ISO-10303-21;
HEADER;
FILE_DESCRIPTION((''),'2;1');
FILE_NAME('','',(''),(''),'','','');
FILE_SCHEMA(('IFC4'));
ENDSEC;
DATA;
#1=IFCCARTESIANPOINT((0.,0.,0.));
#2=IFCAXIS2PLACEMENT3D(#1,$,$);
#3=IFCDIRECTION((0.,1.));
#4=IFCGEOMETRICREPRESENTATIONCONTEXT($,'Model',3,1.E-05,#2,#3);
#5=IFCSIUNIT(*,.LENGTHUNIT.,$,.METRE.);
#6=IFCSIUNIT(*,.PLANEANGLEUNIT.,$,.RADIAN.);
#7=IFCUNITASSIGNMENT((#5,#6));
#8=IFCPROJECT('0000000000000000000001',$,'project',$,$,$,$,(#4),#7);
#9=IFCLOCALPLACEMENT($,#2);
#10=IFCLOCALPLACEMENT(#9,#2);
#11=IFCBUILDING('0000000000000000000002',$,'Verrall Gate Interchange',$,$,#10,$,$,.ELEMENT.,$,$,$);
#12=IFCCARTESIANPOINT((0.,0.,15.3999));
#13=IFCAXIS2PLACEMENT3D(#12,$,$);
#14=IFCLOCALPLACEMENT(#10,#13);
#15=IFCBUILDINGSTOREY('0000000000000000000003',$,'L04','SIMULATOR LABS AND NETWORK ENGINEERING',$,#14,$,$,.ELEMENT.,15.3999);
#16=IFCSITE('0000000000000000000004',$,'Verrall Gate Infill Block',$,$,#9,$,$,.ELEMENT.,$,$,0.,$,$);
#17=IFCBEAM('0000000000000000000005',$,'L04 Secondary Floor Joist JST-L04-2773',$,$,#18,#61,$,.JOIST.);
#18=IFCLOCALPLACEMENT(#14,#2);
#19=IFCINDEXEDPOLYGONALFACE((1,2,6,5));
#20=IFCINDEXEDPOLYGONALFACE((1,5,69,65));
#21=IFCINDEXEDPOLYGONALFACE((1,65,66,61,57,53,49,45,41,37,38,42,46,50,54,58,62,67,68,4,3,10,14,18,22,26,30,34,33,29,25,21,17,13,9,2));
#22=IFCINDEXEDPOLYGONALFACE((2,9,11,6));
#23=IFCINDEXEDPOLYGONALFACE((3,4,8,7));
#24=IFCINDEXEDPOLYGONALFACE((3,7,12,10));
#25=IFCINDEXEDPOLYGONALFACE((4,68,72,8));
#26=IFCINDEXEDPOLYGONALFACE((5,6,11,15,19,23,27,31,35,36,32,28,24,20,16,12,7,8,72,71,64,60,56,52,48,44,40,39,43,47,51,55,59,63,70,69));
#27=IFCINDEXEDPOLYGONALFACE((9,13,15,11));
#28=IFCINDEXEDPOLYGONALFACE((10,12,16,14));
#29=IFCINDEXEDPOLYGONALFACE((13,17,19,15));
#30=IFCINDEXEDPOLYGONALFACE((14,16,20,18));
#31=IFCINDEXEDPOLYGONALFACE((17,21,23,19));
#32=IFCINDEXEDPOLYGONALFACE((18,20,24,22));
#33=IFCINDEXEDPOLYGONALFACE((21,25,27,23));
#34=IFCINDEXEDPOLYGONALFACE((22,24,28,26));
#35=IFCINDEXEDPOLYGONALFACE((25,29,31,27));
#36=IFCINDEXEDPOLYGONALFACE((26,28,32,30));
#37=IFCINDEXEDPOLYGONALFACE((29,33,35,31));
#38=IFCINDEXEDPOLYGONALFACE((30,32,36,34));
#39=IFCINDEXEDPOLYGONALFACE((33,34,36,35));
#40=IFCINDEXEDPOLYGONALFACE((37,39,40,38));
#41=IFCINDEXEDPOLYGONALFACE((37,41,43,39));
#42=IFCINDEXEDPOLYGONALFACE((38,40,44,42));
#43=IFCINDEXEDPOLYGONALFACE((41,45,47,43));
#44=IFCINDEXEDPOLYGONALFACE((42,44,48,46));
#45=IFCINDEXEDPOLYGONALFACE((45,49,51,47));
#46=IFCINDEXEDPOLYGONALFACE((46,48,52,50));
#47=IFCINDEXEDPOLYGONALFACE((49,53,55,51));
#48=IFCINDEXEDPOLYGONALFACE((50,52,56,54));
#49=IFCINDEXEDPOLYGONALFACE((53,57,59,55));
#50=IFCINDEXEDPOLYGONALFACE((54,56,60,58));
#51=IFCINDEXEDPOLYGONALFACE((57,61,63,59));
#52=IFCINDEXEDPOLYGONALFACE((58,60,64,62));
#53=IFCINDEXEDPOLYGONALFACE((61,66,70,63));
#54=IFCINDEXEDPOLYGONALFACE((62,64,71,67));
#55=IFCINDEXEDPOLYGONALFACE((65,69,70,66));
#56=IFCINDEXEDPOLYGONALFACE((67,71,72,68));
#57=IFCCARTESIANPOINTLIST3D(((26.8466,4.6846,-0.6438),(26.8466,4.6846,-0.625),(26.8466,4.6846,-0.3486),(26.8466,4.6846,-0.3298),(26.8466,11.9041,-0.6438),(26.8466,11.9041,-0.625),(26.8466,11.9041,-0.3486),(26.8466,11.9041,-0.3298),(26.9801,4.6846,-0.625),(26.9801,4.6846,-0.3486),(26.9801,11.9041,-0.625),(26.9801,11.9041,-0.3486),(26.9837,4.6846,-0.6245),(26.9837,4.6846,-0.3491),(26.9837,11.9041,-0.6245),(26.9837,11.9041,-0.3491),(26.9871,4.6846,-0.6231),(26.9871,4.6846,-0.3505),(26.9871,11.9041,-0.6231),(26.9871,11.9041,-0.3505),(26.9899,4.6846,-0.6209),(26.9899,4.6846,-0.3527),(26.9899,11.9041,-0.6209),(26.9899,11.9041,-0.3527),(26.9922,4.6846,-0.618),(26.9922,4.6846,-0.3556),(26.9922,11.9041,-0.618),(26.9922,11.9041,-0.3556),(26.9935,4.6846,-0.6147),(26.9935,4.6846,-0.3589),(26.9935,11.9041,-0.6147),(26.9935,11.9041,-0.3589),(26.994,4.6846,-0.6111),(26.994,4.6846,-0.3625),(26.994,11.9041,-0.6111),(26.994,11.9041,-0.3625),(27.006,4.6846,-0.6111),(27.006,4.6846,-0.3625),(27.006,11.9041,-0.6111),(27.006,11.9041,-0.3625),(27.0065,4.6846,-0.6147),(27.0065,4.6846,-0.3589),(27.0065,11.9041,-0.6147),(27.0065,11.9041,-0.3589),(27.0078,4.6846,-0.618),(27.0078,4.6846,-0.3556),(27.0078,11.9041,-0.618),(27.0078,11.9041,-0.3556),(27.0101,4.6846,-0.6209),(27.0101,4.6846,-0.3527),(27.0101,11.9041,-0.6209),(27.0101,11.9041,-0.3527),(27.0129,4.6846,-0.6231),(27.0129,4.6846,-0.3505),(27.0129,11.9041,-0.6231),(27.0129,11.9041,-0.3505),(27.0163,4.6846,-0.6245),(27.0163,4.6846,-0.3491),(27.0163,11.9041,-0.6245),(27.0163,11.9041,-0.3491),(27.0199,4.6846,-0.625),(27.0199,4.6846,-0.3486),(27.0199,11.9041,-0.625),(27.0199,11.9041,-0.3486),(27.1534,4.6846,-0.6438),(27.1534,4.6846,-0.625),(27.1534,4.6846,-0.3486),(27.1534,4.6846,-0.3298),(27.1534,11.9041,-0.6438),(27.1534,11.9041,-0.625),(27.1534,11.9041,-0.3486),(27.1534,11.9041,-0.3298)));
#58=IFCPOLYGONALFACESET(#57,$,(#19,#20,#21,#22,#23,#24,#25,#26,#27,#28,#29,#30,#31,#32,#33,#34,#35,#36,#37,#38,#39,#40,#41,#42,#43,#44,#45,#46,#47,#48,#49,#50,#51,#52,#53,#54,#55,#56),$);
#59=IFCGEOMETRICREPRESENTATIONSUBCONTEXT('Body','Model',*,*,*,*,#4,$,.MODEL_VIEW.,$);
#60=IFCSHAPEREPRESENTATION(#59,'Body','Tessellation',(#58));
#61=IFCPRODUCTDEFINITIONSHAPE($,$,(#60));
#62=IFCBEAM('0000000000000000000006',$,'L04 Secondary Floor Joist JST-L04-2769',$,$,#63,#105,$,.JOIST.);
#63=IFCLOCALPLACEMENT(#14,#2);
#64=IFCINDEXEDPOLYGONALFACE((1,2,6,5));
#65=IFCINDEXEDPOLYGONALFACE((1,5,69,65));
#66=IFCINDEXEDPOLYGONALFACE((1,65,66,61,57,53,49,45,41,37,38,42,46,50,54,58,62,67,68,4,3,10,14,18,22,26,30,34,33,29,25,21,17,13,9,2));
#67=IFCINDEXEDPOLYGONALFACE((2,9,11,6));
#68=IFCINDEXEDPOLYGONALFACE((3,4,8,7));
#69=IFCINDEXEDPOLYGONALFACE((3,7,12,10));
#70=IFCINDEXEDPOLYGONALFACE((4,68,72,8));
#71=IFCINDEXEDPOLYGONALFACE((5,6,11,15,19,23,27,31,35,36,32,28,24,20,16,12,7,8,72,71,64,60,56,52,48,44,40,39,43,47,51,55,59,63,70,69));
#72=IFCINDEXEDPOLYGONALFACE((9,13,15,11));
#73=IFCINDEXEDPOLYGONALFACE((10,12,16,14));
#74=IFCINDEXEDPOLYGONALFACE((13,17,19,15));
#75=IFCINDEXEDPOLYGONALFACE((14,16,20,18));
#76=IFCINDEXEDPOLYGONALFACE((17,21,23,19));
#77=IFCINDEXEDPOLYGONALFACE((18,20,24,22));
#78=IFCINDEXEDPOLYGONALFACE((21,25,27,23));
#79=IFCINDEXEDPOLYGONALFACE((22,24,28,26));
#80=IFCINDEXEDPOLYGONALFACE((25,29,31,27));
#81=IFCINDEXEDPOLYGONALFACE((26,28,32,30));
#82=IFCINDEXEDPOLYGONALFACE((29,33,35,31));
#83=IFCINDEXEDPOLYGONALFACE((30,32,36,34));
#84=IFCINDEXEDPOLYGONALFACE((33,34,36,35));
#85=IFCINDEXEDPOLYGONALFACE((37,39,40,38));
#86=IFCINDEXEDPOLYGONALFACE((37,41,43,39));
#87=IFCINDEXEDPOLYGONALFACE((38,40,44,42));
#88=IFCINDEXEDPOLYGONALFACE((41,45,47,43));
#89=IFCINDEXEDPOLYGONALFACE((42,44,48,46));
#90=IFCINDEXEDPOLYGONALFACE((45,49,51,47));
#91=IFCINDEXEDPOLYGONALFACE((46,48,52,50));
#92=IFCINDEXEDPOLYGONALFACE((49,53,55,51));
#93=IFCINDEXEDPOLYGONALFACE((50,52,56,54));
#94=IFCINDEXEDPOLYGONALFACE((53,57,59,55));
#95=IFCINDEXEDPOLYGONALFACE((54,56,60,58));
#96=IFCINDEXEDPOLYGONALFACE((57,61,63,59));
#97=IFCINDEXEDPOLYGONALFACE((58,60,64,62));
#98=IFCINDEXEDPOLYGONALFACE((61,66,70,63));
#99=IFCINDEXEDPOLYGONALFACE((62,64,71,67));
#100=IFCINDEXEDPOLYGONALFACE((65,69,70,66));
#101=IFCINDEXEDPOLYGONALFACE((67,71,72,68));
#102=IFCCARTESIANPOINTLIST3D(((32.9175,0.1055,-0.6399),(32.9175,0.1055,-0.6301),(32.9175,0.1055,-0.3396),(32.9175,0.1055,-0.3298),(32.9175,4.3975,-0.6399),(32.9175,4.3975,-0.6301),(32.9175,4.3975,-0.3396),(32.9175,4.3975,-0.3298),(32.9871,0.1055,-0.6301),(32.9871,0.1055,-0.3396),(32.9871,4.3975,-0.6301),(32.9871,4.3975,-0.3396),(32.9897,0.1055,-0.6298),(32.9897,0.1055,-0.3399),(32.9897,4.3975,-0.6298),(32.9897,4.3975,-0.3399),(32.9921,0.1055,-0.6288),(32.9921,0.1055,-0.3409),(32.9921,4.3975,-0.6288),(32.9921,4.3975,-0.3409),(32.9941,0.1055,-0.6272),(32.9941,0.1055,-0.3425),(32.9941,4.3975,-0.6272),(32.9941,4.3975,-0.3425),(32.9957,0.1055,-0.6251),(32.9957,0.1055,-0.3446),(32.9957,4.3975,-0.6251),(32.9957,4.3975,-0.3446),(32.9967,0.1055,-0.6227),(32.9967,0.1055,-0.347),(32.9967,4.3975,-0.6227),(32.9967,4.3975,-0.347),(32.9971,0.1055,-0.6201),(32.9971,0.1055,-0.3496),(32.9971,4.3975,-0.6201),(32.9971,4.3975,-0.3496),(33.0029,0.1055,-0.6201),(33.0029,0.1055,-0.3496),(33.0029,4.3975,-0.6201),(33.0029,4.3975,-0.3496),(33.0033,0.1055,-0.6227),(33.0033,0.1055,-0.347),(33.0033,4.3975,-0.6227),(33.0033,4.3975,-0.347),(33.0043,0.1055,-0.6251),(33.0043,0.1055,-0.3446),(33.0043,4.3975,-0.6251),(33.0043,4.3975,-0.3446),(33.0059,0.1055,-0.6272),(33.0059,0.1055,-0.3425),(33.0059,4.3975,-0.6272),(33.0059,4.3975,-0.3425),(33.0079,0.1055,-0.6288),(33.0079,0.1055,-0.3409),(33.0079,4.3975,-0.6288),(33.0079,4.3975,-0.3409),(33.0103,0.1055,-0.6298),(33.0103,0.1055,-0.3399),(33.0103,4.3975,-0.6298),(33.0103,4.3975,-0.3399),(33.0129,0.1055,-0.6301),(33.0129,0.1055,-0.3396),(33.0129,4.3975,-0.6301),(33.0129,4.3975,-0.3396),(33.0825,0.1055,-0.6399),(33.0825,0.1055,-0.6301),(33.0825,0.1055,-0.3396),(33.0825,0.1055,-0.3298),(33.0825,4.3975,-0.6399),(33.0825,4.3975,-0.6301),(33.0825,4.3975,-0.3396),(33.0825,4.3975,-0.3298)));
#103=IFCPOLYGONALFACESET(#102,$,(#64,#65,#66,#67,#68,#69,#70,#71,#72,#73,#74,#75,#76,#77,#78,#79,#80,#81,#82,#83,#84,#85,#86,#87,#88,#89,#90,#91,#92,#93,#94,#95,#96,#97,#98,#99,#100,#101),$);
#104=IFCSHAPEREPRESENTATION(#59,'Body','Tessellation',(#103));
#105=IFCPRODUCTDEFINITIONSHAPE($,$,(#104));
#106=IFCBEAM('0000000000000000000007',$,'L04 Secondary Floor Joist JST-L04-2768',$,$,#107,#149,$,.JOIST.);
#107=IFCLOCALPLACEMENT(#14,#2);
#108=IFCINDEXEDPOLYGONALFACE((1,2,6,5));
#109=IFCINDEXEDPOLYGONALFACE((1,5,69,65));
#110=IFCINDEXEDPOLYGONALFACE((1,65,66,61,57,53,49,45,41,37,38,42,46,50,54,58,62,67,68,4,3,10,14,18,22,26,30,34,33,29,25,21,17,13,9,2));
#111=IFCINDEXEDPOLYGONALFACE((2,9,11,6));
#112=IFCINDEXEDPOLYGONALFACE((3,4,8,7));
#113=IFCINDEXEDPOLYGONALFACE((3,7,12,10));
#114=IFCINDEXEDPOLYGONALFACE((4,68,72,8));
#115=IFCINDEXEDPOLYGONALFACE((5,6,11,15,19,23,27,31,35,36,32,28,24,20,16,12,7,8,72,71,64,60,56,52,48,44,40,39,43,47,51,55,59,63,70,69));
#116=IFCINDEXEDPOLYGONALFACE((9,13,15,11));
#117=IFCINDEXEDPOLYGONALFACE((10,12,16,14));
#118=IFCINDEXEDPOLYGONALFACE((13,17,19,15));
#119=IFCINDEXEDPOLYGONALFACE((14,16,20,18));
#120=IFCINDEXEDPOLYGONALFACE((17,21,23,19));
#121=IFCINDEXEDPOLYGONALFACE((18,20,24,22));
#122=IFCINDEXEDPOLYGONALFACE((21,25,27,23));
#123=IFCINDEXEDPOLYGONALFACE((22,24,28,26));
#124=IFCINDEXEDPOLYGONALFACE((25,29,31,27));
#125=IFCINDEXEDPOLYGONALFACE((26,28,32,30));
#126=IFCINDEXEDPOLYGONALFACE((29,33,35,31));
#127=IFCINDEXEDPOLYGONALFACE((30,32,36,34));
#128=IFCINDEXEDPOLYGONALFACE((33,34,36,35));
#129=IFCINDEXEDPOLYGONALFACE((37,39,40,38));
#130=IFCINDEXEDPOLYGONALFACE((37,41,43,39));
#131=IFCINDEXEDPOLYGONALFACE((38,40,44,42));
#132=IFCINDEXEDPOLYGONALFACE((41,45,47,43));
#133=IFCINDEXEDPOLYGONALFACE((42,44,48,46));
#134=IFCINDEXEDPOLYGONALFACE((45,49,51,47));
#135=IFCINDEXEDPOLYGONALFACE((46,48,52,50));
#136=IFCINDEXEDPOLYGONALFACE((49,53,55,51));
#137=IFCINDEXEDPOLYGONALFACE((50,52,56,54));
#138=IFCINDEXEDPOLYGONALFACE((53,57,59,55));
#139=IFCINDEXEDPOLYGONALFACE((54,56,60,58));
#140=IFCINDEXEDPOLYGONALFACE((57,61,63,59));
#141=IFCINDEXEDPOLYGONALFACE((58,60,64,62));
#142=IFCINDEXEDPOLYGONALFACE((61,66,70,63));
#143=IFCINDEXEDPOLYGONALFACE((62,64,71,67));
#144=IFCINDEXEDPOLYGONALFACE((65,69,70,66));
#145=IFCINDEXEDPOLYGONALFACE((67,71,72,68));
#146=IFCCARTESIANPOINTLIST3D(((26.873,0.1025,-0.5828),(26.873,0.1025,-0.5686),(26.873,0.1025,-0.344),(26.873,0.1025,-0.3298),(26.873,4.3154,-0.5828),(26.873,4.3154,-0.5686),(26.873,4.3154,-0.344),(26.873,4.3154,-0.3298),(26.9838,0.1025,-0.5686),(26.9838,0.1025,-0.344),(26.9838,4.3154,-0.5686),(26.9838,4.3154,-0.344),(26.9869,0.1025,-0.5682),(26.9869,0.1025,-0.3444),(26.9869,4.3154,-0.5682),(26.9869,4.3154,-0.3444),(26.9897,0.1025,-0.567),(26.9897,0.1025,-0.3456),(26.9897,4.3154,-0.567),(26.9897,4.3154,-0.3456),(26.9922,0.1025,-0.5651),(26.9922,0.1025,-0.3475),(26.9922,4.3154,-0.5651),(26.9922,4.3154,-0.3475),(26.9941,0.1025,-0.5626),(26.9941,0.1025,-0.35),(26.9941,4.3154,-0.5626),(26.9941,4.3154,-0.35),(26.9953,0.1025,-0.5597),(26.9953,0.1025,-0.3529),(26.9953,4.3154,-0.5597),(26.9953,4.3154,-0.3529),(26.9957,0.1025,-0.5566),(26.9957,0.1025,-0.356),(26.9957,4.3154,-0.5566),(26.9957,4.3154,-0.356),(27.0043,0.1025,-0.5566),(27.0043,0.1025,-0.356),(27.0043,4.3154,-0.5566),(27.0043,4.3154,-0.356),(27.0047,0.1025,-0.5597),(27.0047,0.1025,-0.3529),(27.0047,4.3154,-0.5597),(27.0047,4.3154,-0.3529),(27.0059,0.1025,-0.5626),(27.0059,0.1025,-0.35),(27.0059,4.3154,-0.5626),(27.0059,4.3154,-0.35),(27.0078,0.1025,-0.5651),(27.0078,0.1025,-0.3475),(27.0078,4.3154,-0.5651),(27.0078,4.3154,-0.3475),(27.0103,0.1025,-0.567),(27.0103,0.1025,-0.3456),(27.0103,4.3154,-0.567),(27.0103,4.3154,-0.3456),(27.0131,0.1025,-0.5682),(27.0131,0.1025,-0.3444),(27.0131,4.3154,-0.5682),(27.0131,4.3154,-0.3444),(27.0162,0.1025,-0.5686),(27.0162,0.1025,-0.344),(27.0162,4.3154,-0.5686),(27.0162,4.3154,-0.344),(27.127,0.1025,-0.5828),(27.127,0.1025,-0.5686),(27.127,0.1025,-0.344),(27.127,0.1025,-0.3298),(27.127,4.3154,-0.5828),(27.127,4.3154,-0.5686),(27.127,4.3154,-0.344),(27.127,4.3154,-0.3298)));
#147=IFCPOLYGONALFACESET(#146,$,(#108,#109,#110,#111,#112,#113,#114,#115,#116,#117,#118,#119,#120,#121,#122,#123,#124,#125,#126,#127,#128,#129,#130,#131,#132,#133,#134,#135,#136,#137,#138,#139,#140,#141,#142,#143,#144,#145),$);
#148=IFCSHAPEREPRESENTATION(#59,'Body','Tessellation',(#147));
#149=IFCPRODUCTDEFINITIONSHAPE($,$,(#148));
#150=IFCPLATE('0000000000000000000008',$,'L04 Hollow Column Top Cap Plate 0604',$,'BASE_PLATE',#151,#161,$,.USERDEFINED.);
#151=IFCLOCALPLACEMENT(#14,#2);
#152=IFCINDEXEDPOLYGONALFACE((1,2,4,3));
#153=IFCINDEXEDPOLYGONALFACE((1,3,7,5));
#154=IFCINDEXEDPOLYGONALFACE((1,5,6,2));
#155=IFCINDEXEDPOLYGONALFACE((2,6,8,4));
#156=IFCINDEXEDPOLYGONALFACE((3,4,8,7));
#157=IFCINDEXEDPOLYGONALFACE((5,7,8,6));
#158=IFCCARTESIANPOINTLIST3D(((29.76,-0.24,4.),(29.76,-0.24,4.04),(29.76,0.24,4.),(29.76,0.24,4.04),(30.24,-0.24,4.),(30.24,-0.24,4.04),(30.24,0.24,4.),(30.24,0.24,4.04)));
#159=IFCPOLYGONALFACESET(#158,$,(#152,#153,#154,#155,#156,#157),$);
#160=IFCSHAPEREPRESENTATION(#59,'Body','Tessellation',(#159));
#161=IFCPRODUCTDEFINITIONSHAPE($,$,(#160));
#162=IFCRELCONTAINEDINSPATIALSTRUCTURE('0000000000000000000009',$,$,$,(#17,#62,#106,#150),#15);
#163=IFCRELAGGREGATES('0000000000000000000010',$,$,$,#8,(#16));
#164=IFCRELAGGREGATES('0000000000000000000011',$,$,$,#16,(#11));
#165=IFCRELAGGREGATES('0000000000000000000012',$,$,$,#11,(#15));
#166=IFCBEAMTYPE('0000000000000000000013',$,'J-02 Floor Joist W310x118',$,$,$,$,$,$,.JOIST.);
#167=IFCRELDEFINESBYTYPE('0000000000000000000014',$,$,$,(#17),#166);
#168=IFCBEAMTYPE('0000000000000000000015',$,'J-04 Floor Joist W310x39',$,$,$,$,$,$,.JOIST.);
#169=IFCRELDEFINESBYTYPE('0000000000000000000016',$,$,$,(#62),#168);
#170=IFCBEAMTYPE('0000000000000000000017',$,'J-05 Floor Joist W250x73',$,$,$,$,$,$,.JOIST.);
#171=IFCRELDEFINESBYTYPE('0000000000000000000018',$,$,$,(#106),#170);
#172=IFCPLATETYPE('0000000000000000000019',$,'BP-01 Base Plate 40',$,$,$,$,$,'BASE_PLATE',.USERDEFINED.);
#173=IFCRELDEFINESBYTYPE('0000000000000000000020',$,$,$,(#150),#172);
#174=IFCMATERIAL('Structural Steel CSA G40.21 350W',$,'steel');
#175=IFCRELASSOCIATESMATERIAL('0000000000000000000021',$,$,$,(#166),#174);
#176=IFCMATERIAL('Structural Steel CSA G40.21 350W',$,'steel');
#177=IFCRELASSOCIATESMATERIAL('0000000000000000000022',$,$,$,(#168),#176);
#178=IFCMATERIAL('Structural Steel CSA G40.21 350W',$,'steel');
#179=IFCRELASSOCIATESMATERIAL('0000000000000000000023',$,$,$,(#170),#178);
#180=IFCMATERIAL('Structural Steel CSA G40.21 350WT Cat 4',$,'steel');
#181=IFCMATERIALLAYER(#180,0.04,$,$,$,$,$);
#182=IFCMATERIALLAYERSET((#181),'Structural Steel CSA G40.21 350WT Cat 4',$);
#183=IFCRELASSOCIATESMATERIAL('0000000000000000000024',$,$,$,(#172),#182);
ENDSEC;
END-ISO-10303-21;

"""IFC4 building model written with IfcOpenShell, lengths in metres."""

from ifc_helpers import new_model, si_unit, direction, frame, origin, origin_2d, place, context, subcontext, project, spatial, rectangle, i_section, extrude, material, layer, layer_set, material_profile, profile_set, type_object, element, save


model = new_model("IFC4")

# Units and contexts
model_context = context("Model", 3, precision=1e-05, world=origin(), true_north=direction((0.0, 1.0)))
body_context = subcontext(model_context, "Body", "Model", "MODEL_VIEW")
ifc_project = project(units=[si_unit("LENGTHUNIT", "METRE"), si_unit("PLANEANGLEUNIT", "RADIAN")], contexts=[model_context])

# Site, building, storey
site_placement = place(None, origin())
site = spatial("IfcSite", under=ifc_project, at=site_placement, Name="Verrall Gate Infill Block", CompositionType="ELEMENT", RefElevation=0.0)
building_placement = place(site_placement, origin())
building = spatial("IfcBuilding", under=site, at=building_placement, Name="Verrall Gate Interchange", CompositionType="ELEMENT")
storey_placement = place(building_placement, frame((0.0, 0.0, 15.3999)))
storey = spatial("IfcBuildingStorey", under=building, at=storey_placement, Name="L04", Description="SIMULATOR LABS AND NETWORK ENGINEERING", CompositionType="ELEMENT", Elevation=15.3999)

# Beams
ifc_material_1 = material(Name="Structural Steel CSA G40.21 350W", Category="steel")
ifc_material_profile_1 = material_profile(ifc_material_1, i_section(OverallWidth=0.3069, OverallDepth=0.314, WebThickness=0.012, FlangeThickness=0.0188, FilletRadius=0.0139, at=origin_2d()), Name="W310x118")
ifc_profile_set_1 = profile_set([ifc_material_profile_1], Name="Structural Steel CSA G40.21 350W")
beam_type_1 = type_object("IfcBeamType", Name="J-02 Floor Joist W310x118", PredefinedType="JOIST", material=ifc_profile_set_1)
beam_1_placement = place(storey_placement, frame((27.0, 4.6846, -0.4868), z_axis=(0.0, 1.0, 0.0), x_axis=(-1.0, 0.0, 0.0)))
element("IfcBeam", 1, at=beam_1_placement, inside=storey, type_object=beam_type_1, Name="L04 Secondary Floor Joist JST-L04-2773", PredefinedType="JOIST", context=body_context, shape_type="SweptSolid", body=[
    extrude(i_section(OverallWidth=0.3069, OverallDepth=0.314, WebThickness=0.012, FlangeThickness=0.0188, FilletRadius=0.0139, at=origin_2d()), origin(), (0.0, 0.0, 1.0), 7.2195),
])
ifc_material_2 = material(Name="Structural Steel CSA G40.21 350W", Category="steel")
ifc_material_profile_2 = material_profile(ifc_material_2, i_section(OverallWidth=0.165, OverallDepth=0.3101, WebThickness=0.0059, FlangeThickness=0.0098, FilletRadius=0.01, at=origin_2d()), Name="W310x39")
ifc_profile_set_2 = profile_set([ifc_material_profile_2], Name="Structural Steel CSA G40.21 350W")
beam_type_2 = type_object("IfcBeamType", Name="J-04 Floor Joist W310x39", PredefinedType="JOIST", material=ifc_profile_set_2)
beam_2_placement = place(storey_placement, frame((33.0, 0.1055, -0.4849), z_axis=(0.0, 1.0, 0.0), x_axis=(-1.0, 0.0, 0.0)))
element("IfcBeam", 2, at=beam_2_placement, inside=storey, type_object=beam_type_2, Name="L04 Secondary Floor Joist JST-L04-2769", PredefinedType="JOIST", context=body_context, shape_type="SweptSolid", body=[
    extrude(i_section(OverallWidth=0.165, OverallDepth=0.3101, WebThickness=0.0059, FlangeThickness=0.0098, FilletRadius=0.01, at=origin_2d()), origin(), (0.0, 0.0, 1.0), 4.292),
])
ifc_material_3 = material(Name="Structural Steel CSA G40.21 350W", Category="steel")
ifc_material_profile_3 = material_profile(ifc_material_3, i_section(OverallWidth=0.2539, OverallDepth=0.2529, WebThickness=0.0085, FlangeThickness=0.0142, FilletRadius=0.012, at=origin_2d()), Name="W250x73")
ifc_profile_set_3 = profile_set([ifc_material_profile_3], Name="Structural Steel CSA G40.21 350W")
beam_type_3 = type_object("IfcBeamType", Name="J-05 Floor Joist W250x73", PredefinedType="JOIST", material=ifc_profile_set_3)
beam_3_placement = place(storey_placement, frame((27.0, 0.1025, -0.4563), z_axis=(0.0, 1.0, 0.0), x_axis=(-1.0, 0.0, 0.0)))
element("IfcBeam", 3, at=beam_3_placement, inside=storey, type_object=beam_type_3, Name="L04 Secondary Floor Joist JST-L04-2768", PredefinedType="JOIST", context=body_context, shape_type="SweptSolid", body=[
    extrude(i_section(OverallWidth=0.2539, OverallDepth=0.2529, WebThickness=0.0085, FlangeThickness=0.0142, FilletRadius=0.012, at=origin_2d()), origin(), (0.0, 0.0, 1.0), 4.2129),
])

# Plate
ifc_material_4 = material(Name="Structural Steel CSA G40.21 350WT Cat 4", Category="steel")
ifc_layer_1 = layer(ifc_material_4, 0.04)
ifc_layer_set_1 = layer_set([ifc_layer_1], Name="Structural Steel CSA G40.21 350WT Cat 4")
plate_type = type_object("IfcPlateType", Name="BP-01 Base Plate 40", ElementType="BASE_PLATE", PredefinedType="USERDEFINED", material=ifc_layer_set_1)
plate_placement = place(storey_placement, frame((30.0, 0.0, 4.0), z_axis=(0.0, 0.0, 1.0), x_axis=(1.0, 0.0, 0.0)))
element("IfcPlate", 4, at=plate_placement, inside=storey, type_object=plate_type, Name="L04 Hollow Column Top Cap Plate 0604", ObjectType="BASE_PLATE", PredefinedType="USERDEFINED", context=body_context, shape_type="SweptSolid", body=[
    extrude(rectangle(XDim=0.48, YDim=0.48, at=origin_2d()), origin(), (0.0, 0.0, 1.0), 0.04),
])

save(model, "model.ifc")
